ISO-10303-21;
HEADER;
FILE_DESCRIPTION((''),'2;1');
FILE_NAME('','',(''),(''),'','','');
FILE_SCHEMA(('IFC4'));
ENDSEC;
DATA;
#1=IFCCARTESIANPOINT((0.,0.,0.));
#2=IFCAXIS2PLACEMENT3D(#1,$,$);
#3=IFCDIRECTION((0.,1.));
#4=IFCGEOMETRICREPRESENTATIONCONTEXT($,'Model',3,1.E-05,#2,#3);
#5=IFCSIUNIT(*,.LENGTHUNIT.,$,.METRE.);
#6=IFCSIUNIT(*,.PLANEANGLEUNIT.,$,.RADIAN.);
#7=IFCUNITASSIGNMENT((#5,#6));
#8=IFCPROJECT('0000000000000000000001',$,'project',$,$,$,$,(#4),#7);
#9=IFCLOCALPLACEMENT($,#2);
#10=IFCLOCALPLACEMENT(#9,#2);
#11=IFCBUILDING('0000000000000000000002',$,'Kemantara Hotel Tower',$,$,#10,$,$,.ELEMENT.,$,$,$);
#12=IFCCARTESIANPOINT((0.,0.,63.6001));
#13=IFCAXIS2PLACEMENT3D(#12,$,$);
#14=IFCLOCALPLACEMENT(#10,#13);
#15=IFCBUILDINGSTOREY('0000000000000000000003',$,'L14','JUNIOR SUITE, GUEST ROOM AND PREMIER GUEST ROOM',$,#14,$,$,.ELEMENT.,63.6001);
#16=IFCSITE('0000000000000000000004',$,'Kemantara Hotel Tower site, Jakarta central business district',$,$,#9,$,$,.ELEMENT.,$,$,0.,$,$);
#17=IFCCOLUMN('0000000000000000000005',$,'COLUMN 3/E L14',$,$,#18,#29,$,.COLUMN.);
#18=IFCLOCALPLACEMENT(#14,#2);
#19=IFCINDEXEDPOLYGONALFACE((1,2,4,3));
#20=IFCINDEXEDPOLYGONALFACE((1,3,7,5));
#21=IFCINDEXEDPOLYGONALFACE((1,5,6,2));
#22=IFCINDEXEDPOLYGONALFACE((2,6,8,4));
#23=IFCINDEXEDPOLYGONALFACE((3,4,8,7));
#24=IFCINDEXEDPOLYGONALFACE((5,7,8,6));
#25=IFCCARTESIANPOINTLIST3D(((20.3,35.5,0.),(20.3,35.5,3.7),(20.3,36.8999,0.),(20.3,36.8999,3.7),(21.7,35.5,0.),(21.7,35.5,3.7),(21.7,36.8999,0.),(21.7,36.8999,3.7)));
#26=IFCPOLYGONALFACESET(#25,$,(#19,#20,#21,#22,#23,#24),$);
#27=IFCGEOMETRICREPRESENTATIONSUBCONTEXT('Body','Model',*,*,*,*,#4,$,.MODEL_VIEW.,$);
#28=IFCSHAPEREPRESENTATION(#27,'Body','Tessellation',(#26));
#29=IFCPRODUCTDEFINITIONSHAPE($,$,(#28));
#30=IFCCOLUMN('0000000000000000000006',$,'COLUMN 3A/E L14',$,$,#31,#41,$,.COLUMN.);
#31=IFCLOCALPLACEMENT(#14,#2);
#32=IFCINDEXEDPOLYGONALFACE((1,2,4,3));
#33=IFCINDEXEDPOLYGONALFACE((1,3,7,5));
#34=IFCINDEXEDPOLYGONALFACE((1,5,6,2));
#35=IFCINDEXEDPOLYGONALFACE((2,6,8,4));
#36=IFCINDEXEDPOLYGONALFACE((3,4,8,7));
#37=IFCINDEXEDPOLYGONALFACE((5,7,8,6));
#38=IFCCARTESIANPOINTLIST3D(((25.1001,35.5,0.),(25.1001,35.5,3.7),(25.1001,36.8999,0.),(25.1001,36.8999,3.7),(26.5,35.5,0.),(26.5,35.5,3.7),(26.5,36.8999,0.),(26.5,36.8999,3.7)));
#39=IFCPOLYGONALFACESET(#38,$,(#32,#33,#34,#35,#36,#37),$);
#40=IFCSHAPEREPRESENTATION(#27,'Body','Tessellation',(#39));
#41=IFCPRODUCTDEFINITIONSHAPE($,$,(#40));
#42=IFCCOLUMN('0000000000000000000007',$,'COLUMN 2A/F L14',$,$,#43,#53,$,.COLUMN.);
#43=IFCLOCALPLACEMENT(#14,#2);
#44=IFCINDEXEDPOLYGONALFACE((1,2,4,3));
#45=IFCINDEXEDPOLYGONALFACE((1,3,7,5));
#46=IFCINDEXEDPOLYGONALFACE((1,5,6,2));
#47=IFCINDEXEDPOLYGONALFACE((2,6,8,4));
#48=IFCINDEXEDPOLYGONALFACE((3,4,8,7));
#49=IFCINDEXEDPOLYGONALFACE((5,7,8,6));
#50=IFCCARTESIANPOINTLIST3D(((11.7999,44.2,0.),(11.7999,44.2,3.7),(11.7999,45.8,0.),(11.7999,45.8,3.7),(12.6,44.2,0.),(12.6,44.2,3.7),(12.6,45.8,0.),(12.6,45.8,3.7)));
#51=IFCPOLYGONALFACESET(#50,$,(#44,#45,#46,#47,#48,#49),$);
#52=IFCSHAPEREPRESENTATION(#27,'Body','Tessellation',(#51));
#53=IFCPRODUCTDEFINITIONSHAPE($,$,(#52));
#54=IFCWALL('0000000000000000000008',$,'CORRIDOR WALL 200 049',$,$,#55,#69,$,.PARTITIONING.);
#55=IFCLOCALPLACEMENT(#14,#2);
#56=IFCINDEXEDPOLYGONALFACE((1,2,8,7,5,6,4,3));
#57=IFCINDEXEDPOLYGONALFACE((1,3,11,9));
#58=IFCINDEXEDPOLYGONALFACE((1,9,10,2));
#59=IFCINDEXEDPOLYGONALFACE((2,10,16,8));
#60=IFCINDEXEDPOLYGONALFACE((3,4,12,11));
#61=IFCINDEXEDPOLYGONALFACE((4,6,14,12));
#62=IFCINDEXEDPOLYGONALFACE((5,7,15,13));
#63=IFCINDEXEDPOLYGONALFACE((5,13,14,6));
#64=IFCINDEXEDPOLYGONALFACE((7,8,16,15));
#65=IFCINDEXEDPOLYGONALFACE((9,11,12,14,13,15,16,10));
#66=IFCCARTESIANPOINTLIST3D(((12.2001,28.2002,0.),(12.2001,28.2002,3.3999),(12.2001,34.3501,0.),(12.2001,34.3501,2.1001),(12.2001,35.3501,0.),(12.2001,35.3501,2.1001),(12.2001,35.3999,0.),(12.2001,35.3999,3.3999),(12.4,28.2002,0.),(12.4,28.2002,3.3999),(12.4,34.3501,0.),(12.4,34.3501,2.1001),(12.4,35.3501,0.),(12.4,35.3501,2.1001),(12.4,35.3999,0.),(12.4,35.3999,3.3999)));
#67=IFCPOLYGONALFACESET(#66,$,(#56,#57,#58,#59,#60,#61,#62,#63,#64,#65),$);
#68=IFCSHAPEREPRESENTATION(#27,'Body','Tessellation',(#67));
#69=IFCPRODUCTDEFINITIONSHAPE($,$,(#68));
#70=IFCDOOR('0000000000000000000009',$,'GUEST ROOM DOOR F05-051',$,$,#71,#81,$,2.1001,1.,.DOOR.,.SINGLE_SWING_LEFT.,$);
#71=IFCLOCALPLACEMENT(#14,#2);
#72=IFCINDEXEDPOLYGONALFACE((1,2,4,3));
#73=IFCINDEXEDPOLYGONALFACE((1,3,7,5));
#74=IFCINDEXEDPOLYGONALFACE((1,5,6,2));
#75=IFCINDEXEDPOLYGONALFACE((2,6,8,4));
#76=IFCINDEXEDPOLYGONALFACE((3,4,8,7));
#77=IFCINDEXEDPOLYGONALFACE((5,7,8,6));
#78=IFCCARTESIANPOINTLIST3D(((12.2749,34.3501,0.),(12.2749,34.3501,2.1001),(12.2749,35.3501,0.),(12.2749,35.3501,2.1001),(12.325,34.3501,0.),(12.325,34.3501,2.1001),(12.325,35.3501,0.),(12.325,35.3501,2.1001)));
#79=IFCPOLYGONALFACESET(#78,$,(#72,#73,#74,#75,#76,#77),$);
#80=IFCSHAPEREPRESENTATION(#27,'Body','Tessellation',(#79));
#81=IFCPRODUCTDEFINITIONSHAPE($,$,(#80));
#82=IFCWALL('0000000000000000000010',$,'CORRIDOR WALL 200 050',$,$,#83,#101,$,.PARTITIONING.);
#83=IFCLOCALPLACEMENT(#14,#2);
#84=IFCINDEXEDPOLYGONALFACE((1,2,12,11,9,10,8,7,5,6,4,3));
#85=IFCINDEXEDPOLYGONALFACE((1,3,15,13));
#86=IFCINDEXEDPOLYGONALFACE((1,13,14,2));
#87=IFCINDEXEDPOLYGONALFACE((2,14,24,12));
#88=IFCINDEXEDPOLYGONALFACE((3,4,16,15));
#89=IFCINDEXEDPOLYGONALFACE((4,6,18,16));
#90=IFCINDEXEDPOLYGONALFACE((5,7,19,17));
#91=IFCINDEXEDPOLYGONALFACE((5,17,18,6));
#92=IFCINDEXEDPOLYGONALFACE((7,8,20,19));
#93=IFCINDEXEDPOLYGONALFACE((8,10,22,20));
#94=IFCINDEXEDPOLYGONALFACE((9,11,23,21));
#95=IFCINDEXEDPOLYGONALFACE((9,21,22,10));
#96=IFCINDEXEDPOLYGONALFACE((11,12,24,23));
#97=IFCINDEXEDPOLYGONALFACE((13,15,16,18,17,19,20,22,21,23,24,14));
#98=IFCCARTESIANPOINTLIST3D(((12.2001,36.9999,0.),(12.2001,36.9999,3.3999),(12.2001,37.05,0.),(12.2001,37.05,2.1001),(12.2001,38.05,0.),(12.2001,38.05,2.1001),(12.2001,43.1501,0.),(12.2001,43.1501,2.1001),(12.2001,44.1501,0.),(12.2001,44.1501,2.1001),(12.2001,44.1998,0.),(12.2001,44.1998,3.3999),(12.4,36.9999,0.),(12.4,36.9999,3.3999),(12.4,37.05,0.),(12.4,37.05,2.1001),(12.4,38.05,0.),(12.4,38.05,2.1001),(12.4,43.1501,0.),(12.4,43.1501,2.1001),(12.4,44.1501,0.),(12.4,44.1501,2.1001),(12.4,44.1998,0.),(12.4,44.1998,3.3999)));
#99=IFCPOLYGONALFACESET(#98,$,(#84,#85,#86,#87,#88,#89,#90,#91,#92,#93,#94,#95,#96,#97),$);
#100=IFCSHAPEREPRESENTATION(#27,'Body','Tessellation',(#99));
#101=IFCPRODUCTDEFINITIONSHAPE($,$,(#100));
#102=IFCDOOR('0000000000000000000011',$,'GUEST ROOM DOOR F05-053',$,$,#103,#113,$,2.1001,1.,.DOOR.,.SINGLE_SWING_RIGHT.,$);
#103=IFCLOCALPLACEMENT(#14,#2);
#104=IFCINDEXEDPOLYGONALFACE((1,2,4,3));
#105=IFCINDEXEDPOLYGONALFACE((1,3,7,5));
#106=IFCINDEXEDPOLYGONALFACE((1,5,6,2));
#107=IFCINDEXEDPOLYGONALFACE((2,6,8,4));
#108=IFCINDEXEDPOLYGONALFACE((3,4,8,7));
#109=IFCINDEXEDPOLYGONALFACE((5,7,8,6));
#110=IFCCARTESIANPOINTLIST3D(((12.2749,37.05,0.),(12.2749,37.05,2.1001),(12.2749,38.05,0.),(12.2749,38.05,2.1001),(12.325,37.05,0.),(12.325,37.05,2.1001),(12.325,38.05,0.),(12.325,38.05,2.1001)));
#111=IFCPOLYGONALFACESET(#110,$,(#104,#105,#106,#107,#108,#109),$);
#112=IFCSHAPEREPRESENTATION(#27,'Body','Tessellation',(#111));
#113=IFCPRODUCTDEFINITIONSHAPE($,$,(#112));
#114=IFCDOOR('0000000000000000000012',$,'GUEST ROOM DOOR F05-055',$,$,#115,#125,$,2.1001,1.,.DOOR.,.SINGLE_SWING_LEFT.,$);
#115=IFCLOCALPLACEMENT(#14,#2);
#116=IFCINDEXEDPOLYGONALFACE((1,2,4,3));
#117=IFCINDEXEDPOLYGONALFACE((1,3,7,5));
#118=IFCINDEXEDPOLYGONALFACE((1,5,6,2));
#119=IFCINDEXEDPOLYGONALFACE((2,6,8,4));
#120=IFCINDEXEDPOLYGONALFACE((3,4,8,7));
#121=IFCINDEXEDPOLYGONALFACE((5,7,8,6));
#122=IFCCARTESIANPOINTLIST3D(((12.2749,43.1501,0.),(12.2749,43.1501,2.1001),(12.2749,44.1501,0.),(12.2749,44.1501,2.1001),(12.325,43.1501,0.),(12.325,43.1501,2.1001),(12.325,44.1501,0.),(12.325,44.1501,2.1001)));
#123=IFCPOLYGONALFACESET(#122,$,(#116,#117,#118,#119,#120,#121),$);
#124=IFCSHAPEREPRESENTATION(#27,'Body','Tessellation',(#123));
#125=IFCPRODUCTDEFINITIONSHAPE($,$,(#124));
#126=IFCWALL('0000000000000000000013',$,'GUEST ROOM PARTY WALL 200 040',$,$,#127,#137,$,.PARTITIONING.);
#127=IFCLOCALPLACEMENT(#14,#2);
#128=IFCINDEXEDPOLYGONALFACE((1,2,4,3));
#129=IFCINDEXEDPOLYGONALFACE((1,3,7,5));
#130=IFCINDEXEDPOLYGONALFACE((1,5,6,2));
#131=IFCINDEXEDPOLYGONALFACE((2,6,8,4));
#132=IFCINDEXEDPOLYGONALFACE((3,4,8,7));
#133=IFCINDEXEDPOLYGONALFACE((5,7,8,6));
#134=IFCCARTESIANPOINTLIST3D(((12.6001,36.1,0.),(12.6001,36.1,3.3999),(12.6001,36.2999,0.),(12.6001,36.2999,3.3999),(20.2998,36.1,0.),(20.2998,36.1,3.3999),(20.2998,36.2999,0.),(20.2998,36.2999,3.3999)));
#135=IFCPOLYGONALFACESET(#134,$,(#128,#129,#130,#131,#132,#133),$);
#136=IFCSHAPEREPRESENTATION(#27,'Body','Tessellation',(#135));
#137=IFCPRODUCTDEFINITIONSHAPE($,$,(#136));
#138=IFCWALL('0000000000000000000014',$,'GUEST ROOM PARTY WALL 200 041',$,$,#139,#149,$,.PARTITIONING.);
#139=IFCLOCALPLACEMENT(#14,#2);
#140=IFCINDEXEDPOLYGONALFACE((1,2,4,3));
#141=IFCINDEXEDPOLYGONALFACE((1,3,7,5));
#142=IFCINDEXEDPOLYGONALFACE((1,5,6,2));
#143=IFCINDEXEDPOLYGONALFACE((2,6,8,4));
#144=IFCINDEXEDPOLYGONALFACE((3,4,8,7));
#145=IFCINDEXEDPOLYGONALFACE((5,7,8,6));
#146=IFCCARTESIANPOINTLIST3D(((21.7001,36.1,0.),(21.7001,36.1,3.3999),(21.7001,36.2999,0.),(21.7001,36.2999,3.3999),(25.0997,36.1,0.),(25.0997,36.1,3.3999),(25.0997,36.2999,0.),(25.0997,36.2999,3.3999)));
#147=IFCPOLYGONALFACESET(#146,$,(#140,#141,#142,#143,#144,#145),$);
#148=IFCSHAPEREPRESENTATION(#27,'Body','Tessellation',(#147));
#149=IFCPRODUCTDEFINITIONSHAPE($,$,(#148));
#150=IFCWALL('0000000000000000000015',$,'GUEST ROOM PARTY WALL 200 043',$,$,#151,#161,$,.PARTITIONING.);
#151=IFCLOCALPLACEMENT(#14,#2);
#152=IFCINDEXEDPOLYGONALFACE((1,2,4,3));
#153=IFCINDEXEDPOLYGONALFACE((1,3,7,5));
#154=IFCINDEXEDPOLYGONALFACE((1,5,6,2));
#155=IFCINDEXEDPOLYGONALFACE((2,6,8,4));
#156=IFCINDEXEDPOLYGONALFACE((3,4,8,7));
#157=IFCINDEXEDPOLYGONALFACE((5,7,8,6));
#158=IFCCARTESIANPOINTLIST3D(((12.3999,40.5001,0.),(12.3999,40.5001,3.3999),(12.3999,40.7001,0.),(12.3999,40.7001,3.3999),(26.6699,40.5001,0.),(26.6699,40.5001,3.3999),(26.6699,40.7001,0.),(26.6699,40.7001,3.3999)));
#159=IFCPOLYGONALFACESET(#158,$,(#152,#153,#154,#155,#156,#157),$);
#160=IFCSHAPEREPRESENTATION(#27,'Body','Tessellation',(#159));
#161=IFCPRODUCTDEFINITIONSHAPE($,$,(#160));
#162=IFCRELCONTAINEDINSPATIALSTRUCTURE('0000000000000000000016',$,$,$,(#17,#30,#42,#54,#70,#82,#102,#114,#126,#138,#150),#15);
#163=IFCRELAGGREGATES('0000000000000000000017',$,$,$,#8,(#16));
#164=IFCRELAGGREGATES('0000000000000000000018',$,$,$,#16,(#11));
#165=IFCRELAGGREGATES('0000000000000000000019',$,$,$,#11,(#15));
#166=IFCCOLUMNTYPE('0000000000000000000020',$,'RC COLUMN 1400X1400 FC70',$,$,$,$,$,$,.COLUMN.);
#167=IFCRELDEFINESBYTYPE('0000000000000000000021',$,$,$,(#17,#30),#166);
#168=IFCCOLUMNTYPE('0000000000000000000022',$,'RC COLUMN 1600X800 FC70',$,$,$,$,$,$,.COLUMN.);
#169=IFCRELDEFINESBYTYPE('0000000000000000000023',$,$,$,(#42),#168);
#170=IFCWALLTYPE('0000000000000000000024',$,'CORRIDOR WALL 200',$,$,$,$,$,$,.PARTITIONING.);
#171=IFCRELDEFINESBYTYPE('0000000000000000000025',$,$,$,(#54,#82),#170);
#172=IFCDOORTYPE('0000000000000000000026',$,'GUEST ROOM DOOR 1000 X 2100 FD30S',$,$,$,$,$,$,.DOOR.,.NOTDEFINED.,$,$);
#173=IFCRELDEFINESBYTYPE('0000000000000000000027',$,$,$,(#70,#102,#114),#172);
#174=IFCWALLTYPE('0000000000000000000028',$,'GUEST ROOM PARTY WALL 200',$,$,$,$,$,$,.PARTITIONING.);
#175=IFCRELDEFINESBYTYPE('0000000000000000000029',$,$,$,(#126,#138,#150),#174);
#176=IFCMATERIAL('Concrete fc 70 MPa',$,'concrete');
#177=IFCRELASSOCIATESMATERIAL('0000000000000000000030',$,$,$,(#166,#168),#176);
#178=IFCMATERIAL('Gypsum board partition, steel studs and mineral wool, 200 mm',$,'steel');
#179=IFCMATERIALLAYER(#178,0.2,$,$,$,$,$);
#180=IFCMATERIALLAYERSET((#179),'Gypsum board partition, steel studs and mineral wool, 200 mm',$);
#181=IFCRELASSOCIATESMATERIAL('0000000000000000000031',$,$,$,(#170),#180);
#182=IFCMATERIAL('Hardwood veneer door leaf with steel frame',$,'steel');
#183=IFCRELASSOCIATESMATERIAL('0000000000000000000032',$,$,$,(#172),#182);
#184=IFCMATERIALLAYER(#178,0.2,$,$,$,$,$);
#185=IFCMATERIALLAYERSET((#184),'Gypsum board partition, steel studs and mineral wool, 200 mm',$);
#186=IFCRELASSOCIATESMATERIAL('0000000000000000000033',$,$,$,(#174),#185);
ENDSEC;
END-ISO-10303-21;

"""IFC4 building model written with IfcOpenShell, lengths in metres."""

from ifc_helpers import new_model, si_unit, direction, frame, frame_2d, origin, origin_2d, place, context, subcontext, project, spatial, rectangle, extrude, material, layer, layer_set, material_profile, profile_set, type_object, element, fill, save


model = new_model("IFC4")

# Units and contexts
model_context = context("Model", 3, precision=1e-05, world=origin(), true_north=direction((0.0, 1.0)))
body_context = subcontext(model_context, "Body", "Model", "MODEL_VIEW")
ifc_project = project(units=[si_unit("LENGTHUNIT", "METRE"), si_unit("PLANEANGLEUNIT", "RADIAN")], contexts=[model_context])

# Site, building, storey
site_placement = place(None, origin())
site = spatial("IfcSite", under=ifc_project, at=site_placement, Name="Kemantara Hotel Tower site, Jakarta central business district", CompositionType="ELEMENT", RefElevation=0.0)
building_placement = place(site_placement, origin())
building = spatial("IfcBuilding", under=site, at=building_placement, Name="Kemantara Hotel Tower", CompositionType="ELEMENT")
storey_placement = place(building_placement, frame((0.0, 0.0, 63.6001)))
storey = spatial("IfcBuildingStorey", under=building, at=storey_placement, Name="L14", Description="JUNIOR SUITE, GUEST ROOM AND PREMIER GUEST ROOM", CompositionType="ELEMENT", Elevation=63.6001)

# Columns
ifc_material_1 = material(Name="Concrete fc 70 MPa", Category="concrete")
ifc_material_profile_1 = material_profile(ifc_material_1, rectangle(XDim=1.3999, YDim=1.3999, at=origin_2d()), Name="RC 1400X1400")
ifc_profile_set_1 = profile_set([ifc_material_profile_1], Name="Concrete fc 70 MPa")
column_type_1 = type_object("IfcColumnType", Name="RC COLUMN 1400X1400 FC70", PredefinedType="COLUMN", material=ifc_profile_set_1)
for number, where, z_axis, x_axis, name in (
    (1, (21.0, 36.2, 0.0), (0.0, 0.0, 1.0), (1.0, 0.0, 0.0), "COLUMN 3/E L14"),
    (2, (25.8, 36.2, 0.0), (0.0, 0.0, 1.0), (1.0, 0.0, 0.0), "COLUMN 3A/E L14"),
):
    element("IfcColumn", number, at=place(storey_placement, frame(where, z_axis=z_axis, x_axis=x_axis)), inside=storey, type_object=column_type_1, Name=name, PredefinedType="COLUMN", context=body_context, shape_type="SweptSolid", body=[
        extrude(rectangle(XDim=1.3999, YDim=1.3999, at=origin_2d()), origin(), (0.0, 0.0, 1.0), 3.7),
    ])
ifc_material_profile_2 = material_profile(ifc_material_1, rectangle(XDim=1.6001, YDim=0.8, at=origin_2d()), Name="RC 1600X800")
ifc_profile_set_2 = profile_set([ifc_material_profile_2], Name="Concrete fc 70 MPa")
column_type_2 = type_object("IfcColumnType", Name="RC COLUMN 1600X800 FC70", PredefinedType="COLUMN", material=ifc_profile_set_2)
column_placement = place(storey_placement, frame((12.2, 45.0, 0.0), z_axis=(0.0, 0.0, 1.0), x_axis=(0.0, 1.0, 0.0)))
element("IfcColumn", 3, at=column_placement, inside=storey, type_object=column_type_2, Name="COLUMN 2A/F L14", PredefinedType="COLUMN", context=body_context, shape_type="SweptSolid", body=[
    extrude(rectangle(XDim=1.6001, YDim=0.8, at=origin_2d()), origin(), (0.0, 0.0, 1.0), 3.7),
])

# Wall, opening, door
ifc_material_2 = material(Name="Gypsum board partition, steel studs and mineral wool, 200 mm", Category="steel")
ifc_layer_1 = layer(ifc_material_2, 0.2)
ifc_layer_set_1 = layer_set([ifc_layer_1], Name="Gypsum board partition, steel studs and mineral wool, 200 mm")
wall_type_1 = type_object("IfcWallType", Name="CORRIDOR WALL 200", PredefinedType="PARTITIONING", material=ifc_layer_set_1)
wall_1_placement = place(storey_placement, frame((12.3, 35.3999, 0.0), z_axis=(0.0, 0.0, 1.0), x_axis=(0.0, -1.0, 0.0)))
wall_1 = element("IfcWall", 4, at=wall_1_placement, inside=storey, type_object=wall_type_1, Name="CORRIDOR WALL 200 049", PredefinedType="PARTITIONING", context=body_context, shape_type="SweptSolid", body=[
    extrude(rectangle(XDim=7.1997, YDim=0.2, at=frame_2d((3.5999, 0.0))), origin(), (0.0, 0.0, 1.0), 3.3999),
])
opening_1_placement = place(wall_1_placement, frame((0.0498, 0.0, 0.0)))
opening_1 = element("IfcOpeningElement", 5, at=opening_1_placement, cuts=wall_1, PredefinedType="OPENING", context=body_context, shape_type="SweptSolid", body=[
    extrude(rectangle(XDim=1.0, YDim=2.1001, at=frame_2d((0.5, 1.05))), frame((0.0, 0.1099, 0.0), z_axis=(0.0, -1.0, 0.0), x_axis=(1.0, 0.0, 0.0)), (0.0, 0.0, 1.0), 0.22),
])
ifc_material_3 = material(Name="Hardwood veneer door leaf with steel frame", Category="steel")
door_type_1 = type_object("IfcDoorType", Name="GUEST ROOM DOOR 1000 X 2100 FD30S", OperationType="NOTDEFINED", PredefinedType="DOOR", material=ifc_material_3)
door_1_placement = place(opening_1_placement, origin())
door_1 = element("IfcDoor", 6, at=door_1_placement, inside=storey, type_object=door_type_1, Name="GUEST ROOM DOOR F05-051", OperationType="SINGLE_SWING_LEFT", OverallHeight=2.1001, OverallWidth=1.0, PredefinedType="DOOR", context=body_context, shape_type="SweptSolid", body=[
    extrude(rectangle(XDim=1.0, YDim=2.1001, at=frame_2d((0.5, 1.05))), frame((0.0, 0.0249, 0.0), z_axis=(0.0, -1.0, 0.0), x_axis=(1.0, 0.0, 0.0)), (0.0, 0.0, 1.0), 0.05),
])
fill(opening_1, door_1)

# Wall, openings, doors
wall_2_placement = place(storey_placement, frame((12.3, 44.2, 0.0), z_axis=(0.0, 0.0, 1.0), x_axis=(0.0, -1.0, 0.0)))
wall_2 = element("IfcWall", 7, at=wall_2_placement, inside=storey, type_object=wall_type_1, Name="CORRIDOR WALL 200 050", PredefinedType="PARTITIONING", context=body_context, shape_type="SweptSolid", body=[
    extrude(rectangle(XDim=7.2, YDim=0.2, at=frame_2d((3.6001, 0.0))), origin(), (0.0, 0.0, 1.0), 3.3999),
])
opening_2_placement = place(wall_2_placement, frame((6.1499, 0.0, 0.0)))
opening_2 = element("IfcOpeningElement", 8, at=opening_2_placement, cuts=wall_2, PredefinedType="OPENING", context=body_context, shape_type="SweptSolid", body=[
    extrude(rectangle(XDim=1.0, YDim=2.1001, at=frame_2d((0.5, 1.05))), frame((0.0, 0.1099, 0.0), z_axis=(0.0, -1.0, 0.0), x_axis=(1.0, 0.0, 0.0)), (0.0, 0.0, 1.0), 0.22),
])
opening_3_placement = place(wall_2_placement, frame((0.0498, 0.0, 0.0)))
opening_3 = element("IfcOpeningElement", 9, at=opening_3_placement, cuts=wall_2, PredefinedType="OPENING", context=body_context, shape_type="SweptSolid", body=[
    extrude(rectangle(XDim=1.0, YDim=2.1001, at=frame_2d((0.5, 1.05))), frame((0.0, 0.1099, 0.0), z_axis=(0.0, -1.0, 0.0), x_axis=(1.0, 0.0, 0.0)), (0.0, 0.0, 1.0), 0.22),
])
door_2_placement = place(opening_2_placement, origin())
door_2 = element("IfcDoor", 10, at=door_2_placement, inside=storey, type_object=door_type_1, Name="GUEST ROOM DOOR F05-053", OperationType="SINGLE_SWING_RIGHT", OverallHeight=2.1001, OverallWidth=1.0, PredefinedType="DOOR", context=body_context, shape_type="SweptSolid", body=[
    extrude(rectangle(XDim=1.0, YDim=2.1001, at=frame_2d((0.5, 1.05))), frame((0.0, 0.0249, 0.0), z_axis=(0.0, -1.0, 0.0), x_axis=(1.0, 0.0, 0.0)), (0.0, 0.0, 1.0), 0.05),
])
fill(opening_2, door_2)
door_3_placement = place(opening_3_placement, origin())
door_3 = element("IfcDoor", 11, at=door_3_placement, inside=storey, type_object=door_type_1, Name="GUEST ROOM DOOR F05-055", OperationType="SINGLE_SWING_LEFT", OverallHeight=2.1001, OverallWidth=1.0, PredefinedType="DOOR", context=body_context, shape_type="SweptSolid", body=[
    extrude(rectangle(XDim=1.0, YDim=2.1001, at=frame_2d((0.5, 1.05))), frame((0.0, 0.0249, 0.0), z_axis=(0.0, -1.0, 0.0), x_axis=(1.0, 0.0, 0.0)), (0.0, 0.0, 1.0), 0.05),
])
fill(opening_3, door_3)

# Walls
ifc_layer_2 = layer(ifc_material_2, 0.2)
ifc_layer_set_2 = layer_set([ifc_layer_2], Name="Gypsum board partition, steel studs and mineral wool, 200 mm")
wall_type_2 = type_object("IfcWallType", Name="GUEST ROOM PARTY WALL 200", PredefinedType="PARTITIONING", material=ifc_layer_set_2)
wall_3_placement = place(storey_placement, frame((12.6001, 36.2, 0.0), z_axis=(0.0, 0.0, 1.0), x_axis=(1.0, 0.0, 0.0)))
element("IfcWall", 12, at=wall_3_placement, inside=storey, type_object=wall_type_2, Name="GUEST ROOM PARTY WALL 200 040", PredefinedType="PARTITIONING", context=body_context, shape_type="SweptSolid", body=[
    extrude(rectangle(XDim=7.6997, YDim=0.2, at=frame_2d((3.8499, 0.0))), origin(), (0.0, 0.0, 1.0), 3.3999),
])
wall_4_placement = place(storey_placement, frame((21.7002, 36.2, 0.0), z_axis=(0.0, 0.0, 1.0), x_axis=(1.0, 0.0, 0.0)))
element("IfcWall", 13, at=wall_4_placement, inside=storey, type_object=wall_type_2, Name="GUEST ROOM PARTY WALL 200 041", PredefinedType="PARTITIONING", context=body_context, shape_type="SweptSolid", body=[
    extrude(rectangle(XDim=3.3997, YDim=0.2, at=frame_2d((1.6997, 0.0))), origin(), (0.0, 0.0, 1.0), 3.3999),
])
wall_5_placement = place(storey_placement, frame((12.3999, 40.6001, 0.0), z_axis=(0.0, 0.0, 1.0), x_axis=(1.0, 0.0, 0.0)))
element("IfcWall", 14, at=wall_5_placement, inside=storey, type_object=wall_type_2, Name="GUEST ROOM PARTY WALL 200 043", PredefinedType="PARTITIONING", context=body_context, shape_type="SweptSolid", body=[
    extrude(rectangle(XDim=14.27, YDim=0.2, at=frame_2d((7.135, 0.0))), origin(), (0.0, 0.0, 1.0), 3.3999),
])

save(model, "model.ifc")
